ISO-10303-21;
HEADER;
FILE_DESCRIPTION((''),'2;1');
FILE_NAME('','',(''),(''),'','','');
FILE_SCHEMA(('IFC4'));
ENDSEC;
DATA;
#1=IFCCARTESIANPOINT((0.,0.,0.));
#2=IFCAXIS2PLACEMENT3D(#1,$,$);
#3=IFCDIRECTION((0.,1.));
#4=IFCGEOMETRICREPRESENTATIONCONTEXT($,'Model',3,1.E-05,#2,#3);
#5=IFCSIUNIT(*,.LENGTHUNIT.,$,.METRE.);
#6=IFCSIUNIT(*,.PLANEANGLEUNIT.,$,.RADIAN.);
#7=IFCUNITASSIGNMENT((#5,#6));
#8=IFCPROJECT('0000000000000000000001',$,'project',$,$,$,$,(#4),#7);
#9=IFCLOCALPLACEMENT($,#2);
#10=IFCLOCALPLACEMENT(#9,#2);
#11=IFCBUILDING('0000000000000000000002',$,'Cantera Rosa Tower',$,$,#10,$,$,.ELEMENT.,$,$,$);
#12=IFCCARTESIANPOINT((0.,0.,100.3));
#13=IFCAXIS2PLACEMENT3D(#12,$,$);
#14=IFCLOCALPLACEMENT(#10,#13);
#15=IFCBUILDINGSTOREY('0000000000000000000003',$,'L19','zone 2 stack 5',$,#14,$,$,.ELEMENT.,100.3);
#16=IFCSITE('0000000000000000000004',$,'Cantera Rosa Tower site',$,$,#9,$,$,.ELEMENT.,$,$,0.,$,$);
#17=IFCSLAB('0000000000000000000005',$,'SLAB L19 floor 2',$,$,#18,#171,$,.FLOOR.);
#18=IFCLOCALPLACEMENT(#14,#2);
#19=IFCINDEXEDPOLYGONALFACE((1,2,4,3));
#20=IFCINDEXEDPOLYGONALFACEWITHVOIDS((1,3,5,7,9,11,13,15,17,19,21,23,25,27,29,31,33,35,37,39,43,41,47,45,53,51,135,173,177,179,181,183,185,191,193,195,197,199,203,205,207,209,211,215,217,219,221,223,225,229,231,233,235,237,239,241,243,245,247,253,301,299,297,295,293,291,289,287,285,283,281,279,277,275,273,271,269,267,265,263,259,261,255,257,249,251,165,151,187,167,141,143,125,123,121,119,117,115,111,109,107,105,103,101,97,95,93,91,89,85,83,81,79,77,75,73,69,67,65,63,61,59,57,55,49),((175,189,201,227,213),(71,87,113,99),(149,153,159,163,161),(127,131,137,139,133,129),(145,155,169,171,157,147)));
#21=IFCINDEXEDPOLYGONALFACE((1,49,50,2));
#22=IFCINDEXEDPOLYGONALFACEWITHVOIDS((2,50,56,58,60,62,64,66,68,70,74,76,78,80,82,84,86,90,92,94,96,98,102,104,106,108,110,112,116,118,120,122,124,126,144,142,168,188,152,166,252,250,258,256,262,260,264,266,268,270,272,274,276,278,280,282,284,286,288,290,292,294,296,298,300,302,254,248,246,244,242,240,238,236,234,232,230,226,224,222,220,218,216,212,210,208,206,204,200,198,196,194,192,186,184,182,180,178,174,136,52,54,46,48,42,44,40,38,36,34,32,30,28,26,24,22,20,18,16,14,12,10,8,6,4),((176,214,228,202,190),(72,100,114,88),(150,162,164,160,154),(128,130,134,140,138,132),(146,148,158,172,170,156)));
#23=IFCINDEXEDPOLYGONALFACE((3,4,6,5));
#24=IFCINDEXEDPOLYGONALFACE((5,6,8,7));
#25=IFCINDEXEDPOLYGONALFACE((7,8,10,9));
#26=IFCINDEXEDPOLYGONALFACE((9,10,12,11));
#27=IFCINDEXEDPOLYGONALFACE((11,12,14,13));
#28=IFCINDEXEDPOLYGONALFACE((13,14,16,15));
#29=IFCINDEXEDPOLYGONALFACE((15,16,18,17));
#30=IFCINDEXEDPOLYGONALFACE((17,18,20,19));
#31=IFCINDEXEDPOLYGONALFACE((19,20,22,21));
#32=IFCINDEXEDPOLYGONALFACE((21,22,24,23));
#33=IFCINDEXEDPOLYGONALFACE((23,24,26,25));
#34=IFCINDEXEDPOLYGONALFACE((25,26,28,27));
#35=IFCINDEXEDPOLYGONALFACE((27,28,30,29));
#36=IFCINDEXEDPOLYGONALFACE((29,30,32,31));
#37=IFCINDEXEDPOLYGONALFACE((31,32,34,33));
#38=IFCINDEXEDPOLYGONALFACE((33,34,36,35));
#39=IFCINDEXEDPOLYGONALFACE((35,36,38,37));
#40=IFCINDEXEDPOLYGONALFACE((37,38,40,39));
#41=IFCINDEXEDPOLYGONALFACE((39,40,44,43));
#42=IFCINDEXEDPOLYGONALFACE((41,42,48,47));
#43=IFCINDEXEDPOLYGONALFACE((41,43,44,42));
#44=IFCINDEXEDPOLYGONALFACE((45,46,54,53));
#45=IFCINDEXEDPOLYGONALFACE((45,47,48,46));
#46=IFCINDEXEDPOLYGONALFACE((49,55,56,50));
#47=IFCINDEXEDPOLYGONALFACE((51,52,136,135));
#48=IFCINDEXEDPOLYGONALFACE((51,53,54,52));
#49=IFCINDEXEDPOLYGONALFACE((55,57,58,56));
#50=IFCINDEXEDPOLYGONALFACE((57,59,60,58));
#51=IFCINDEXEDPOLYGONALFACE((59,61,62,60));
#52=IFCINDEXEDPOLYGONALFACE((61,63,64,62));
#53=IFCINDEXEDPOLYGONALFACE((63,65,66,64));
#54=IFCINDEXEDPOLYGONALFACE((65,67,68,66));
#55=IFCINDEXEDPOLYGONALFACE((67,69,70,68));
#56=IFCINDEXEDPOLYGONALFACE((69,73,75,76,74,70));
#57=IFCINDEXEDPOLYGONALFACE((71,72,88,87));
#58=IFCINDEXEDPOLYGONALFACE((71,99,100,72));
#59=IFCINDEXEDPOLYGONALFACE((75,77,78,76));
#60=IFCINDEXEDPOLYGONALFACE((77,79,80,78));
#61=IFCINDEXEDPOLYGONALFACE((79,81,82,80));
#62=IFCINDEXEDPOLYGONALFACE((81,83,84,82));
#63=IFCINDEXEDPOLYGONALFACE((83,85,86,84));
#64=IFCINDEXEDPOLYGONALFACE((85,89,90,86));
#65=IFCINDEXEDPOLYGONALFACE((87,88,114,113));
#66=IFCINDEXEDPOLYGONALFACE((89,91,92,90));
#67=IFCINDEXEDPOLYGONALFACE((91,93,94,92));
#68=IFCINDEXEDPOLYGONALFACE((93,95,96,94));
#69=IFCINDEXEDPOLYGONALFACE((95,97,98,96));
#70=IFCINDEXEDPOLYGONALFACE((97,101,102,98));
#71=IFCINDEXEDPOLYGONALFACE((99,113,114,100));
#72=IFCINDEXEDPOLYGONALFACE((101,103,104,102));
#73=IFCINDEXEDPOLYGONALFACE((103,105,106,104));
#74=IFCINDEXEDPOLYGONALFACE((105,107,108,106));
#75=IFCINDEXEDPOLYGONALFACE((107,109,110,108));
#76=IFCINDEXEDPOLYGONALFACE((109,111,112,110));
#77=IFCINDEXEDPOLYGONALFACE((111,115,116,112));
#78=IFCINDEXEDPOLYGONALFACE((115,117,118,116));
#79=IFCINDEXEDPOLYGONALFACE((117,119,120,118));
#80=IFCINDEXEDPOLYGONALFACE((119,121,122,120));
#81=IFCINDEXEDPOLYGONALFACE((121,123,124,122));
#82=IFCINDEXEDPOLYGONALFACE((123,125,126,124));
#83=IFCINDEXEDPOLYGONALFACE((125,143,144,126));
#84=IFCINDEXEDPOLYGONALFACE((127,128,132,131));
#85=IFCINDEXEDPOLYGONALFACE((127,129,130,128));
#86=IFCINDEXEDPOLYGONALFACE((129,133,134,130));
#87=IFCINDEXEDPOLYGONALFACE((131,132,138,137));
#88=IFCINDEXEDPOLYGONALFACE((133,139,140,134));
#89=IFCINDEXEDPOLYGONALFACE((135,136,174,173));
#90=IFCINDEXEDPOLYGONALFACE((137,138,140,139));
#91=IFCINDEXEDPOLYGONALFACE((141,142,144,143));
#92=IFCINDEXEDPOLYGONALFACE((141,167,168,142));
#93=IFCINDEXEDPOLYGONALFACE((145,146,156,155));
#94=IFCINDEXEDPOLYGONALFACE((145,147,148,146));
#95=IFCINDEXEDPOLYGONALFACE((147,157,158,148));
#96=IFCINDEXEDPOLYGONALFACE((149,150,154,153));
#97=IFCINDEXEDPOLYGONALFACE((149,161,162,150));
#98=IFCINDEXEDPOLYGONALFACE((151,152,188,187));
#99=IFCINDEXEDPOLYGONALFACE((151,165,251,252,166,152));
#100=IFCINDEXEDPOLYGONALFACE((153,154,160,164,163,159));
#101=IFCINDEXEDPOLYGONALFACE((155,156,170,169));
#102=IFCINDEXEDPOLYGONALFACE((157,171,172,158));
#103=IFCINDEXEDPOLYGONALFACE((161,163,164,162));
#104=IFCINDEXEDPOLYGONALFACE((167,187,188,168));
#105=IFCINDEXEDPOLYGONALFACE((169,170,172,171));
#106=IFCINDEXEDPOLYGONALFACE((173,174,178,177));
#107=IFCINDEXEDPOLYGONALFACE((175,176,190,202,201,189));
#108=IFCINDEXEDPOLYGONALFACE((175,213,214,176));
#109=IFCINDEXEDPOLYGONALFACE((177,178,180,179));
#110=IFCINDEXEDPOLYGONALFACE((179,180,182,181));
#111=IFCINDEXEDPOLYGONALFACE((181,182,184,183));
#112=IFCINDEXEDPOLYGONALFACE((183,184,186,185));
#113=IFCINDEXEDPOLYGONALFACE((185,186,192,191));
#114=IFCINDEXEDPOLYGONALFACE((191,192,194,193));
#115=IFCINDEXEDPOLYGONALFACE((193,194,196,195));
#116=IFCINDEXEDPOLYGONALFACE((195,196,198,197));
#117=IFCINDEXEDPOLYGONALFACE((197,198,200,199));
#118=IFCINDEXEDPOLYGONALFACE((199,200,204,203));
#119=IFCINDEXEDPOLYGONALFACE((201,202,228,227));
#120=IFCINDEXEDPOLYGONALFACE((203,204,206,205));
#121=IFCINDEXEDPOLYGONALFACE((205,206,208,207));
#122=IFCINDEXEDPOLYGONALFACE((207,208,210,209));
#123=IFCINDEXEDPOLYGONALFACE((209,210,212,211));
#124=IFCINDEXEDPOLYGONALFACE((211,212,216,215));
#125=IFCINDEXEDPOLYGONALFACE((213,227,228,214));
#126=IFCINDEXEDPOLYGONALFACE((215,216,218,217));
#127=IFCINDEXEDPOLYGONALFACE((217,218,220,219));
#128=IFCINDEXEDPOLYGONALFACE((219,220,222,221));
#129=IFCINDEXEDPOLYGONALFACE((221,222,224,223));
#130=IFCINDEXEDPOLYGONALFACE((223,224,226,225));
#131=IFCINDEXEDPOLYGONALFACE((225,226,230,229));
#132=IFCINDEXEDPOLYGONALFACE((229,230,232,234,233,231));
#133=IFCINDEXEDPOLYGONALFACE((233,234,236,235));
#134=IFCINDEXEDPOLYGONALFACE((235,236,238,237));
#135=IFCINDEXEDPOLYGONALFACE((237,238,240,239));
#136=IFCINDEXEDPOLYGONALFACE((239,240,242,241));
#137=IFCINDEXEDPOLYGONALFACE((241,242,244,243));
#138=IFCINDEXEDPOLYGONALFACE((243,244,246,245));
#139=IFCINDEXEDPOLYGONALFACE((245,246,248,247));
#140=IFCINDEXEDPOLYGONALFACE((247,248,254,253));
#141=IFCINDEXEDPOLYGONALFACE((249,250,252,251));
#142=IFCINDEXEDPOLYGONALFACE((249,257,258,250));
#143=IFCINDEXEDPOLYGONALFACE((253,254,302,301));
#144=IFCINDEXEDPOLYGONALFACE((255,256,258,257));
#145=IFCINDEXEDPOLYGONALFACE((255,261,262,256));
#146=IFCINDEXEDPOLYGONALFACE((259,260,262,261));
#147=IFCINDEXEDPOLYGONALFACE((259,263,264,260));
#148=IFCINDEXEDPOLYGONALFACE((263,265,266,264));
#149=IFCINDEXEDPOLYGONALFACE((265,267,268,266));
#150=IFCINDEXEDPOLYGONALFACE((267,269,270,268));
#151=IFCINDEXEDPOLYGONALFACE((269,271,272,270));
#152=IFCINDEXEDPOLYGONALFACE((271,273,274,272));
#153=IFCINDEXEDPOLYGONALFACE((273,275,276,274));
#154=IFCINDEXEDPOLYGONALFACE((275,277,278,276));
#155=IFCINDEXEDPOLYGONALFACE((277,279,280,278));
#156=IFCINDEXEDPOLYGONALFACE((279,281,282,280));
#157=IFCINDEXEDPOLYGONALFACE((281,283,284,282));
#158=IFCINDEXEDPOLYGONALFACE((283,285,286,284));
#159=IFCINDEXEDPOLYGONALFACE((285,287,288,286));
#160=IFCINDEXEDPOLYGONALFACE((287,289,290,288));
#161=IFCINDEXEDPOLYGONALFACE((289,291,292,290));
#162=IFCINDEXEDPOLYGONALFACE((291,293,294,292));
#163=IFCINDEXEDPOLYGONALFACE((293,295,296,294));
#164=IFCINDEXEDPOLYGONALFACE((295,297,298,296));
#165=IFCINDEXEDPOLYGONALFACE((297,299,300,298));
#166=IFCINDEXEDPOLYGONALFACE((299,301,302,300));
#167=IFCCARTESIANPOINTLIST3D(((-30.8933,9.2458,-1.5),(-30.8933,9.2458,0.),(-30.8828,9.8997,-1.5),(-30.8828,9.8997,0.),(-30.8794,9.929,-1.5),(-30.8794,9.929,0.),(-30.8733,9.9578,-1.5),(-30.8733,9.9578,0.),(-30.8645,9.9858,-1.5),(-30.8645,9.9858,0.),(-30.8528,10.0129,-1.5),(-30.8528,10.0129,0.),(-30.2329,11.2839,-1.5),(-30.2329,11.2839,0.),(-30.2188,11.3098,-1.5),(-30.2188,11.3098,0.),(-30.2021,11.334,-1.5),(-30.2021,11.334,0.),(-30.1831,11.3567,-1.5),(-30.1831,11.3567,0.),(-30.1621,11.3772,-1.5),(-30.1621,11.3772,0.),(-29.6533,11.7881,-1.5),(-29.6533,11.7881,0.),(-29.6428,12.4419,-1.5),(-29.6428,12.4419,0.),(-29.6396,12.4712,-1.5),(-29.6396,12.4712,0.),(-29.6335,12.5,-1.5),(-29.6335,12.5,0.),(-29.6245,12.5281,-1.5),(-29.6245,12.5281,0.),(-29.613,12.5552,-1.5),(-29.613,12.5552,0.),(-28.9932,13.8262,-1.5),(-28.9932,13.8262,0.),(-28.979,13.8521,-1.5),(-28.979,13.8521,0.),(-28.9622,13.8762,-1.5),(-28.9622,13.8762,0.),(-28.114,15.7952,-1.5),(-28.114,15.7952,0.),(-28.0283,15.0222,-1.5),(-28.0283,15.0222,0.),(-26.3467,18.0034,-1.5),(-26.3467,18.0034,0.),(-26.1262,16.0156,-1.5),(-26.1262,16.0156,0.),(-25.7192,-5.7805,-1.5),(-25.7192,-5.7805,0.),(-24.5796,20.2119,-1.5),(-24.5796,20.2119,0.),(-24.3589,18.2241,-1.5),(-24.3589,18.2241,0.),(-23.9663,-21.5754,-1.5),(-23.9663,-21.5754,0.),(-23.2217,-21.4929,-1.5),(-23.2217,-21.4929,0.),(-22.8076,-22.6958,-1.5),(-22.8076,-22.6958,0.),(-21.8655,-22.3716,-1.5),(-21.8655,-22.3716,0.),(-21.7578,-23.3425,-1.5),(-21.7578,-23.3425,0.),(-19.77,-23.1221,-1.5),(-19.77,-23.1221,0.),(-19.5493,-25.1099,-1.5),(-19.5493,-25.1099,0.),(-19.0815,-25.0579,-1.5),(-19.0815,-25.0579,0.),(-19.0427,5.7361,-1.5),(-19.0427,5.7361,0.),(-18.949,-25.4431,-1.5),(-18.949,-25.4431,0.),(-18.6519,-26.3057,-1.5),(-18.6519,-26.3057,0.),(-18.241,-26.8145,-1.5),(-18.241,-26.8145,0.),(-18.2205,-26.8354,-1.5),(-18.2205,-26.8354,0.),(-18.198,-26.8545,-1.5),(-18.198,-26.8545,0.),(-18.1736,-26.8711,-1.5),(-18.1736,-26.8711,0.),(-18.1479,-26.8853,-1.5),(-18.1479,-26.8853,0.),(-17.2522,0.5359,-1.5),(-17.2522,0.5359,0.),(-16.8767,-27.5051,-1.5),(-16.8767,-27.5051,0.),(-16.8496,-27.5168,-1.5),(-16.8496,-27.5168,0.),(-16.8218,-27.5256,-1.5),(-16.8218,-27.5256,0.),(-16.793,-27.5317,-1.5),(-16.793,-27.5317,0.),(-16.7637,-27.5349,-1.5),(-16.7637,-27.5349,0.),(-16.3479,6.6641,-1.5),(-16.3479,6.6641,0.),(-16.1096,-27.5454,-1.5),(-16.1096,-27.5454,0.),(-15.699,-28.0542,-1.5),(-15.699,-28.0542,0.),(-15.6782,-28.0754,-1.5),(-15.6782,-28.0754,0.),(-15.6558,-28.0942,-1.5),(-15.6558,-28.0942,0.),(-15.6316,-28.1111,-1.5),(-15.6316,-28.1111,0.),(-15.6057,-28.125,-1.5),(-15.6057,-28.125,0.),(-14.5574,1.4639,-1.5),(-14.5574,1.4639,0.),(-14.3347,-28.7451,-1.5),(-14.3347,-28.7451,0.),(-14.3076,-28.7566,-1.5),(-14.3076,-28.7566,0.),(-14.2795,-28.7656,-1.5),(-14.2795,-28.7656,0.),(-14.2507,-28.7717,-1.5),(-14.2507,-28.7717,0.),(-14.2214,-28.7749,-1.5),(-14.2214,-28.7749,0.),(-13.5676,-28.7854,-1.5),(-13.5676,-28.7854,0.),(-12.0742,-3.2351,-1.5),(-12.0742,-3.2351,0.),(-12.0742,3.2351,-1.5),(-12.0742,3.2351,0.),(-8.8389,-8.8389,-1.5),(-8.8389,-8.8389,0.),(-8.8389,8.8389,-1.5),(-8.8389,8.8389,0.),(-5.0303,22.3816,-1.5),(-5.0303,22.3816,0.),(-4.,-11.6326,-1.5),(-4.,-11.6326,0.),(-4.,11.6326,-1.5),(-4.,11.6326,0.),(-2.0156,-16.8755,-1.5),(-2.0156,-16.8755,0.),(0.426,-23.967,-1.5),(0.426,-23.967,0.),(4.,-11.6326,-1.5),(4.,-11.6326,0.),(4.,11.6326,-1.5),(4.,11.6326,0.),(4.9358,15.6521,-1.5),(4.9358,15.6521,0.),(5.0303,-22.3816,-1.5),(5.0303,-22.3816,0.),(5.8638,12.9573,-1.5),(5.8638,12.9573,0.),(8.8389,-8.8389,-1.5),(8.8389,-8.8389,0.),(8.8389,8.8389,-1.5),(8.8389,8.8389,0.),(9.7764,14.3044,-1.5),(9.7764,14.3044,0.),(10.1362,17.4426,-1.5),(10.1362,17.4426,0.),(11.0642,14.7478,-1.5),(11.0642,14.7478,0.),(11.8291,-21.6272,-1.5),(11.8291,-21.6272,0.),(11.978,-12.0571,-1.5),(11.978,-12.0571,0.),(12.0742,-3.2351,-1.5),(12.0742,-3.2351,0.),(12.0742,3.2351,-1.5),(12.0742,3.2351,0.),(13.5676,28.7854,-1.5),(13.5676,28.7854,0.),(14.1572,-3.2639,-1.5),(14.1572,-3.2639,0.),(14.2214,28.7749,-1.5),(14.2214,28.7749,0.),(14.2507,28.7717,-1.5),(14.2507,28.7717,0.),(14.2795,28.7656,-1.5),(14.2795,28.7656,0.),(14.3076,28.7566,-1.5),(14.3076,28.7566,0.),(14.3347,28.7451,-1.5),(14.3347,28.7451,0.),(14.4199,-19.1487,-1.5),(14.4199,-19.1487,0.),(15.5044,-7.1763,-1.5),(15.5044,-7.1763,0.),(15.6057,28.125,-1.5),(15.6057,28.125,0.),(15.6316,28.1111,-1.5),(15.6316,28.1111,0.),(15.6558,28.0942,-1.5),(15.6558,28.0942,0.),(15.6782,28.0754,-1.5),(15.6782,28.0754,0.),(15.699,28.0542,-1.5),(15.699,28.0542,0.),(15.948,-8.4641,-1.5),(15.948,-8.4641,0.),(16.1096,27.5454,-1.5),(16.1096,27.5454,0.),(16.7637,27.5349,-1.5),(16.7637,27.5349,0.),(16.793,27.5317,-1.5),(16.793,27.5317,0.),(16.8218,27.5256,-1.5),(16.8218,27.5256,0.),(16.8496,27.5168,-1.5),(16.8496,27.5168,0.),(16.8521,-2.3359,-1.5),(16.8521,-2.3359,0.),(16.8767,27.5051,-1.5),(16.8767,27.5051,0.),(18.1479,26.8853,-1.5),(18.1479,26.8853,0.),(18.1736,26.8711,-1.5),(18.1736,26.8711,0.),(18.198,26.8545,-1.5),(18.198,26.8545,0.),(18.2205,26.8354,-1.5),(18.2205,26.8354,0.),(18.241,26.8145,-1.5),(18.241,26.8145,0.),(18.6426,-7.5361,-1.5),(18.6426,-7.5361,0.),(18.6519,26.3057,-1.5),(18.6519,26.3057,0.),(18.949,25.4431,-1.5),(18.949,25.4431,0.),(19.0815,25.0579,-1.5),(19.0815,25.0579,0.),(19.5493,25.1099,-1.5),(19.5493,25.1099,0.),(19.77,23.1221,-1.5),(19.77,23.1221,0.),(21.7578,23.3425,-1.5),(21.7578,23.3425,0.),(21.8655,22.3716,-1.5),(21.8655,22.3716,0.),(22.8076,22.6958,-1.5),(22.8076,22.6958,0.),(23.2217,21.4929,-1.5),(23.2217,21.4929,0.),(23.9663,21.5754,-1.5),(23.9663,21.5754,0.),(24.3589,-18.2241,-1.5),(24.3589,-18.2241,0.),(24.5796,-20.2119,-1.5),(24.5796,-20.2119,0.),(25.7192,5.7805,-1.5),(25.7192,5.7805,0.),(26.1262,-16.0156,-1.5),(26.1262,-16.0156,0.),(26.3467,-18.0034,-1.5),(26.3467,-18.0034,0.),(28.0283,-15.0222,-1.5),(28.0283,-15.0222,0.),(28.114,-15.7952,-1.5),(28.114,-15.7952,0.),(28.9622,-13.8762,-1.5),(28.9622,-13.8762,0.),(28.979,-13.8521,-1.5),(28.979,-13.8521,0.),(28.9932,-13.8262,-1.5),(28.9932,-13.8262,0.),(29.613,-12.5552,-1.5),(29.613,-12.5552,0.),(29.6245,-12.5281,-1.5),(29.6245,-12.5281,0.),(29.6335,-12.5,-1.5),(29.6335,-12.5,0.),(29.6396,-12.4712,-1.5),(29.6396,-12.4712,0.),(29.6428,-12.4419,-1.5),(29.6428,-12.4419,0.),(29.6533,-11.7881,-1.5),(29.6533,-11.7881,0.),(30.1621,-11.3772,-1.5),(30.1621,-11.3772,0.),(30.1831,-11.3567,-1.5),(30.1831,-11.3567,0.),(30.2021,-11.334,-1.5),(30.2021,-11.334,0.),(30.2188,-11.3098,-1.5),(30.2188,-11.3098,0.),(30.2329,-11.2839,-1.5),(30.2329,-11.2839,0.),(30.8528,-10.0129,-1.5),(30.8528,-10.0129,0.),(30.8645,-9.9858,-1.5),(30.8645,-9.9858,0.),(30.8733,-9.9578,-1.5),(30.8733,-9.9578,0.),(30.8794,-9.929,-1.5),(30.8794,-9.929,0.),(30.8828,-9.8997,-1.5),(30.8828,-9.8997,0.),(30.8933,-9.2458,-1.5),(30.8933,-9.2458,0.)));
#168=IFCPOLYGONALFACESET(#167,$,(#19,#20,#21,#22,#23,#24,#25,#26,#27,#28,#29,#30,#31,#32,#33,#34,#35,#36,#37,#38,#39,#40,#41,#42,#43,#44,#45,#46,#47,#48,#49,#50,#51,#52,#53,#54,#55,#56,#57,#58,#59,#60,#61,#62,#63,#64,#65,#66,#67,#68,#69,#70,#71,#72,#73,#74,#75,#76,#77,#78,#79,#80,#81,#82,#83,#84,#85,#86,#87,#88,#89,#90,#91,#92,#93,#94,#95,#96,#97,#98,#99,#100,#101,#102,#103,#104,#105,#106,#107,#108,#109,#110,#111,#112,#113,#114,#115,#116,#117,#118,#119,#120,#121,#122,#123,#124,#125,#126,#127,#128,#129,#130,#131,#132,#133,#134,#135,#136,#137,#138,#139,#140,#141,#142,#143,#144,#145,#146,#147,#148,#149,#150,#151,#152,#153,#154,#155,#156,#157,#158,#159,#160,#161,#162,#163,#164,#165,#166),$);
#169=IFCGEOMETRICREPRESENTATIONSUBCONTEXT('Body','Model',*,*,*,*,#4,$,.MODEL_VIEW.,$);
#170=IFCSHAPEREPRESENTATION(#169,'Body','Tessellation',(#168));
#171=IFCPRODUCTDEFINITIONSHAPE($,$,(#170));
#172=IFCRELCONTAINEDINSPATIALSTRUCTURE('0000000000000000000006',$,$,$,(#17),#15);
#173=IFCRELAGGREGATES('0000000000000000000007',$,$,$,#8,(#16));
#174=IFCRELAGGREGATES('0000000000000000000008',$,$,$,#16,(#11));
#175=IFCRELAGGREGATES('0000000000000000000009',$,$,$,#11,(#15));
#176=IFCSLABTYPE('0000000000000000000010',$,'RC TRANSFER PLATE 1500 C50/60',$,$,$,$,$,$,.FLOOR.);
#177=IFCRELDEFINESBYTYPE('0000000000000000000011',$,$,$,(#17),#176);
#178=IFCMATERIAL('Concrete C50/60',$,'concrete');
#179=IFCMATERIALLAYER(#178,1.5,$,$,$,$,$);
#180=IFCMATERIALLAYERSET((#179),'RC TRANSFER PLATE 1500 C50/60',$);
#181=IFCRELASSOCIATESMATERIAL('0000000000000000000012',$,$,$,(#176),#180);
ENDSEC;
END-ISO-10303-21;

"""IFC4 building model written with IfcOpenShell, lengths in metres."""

from ifc_helpers import new_model, si_unit, direction, frame, origin, place, context, subcontext, project, spatial, polyline, outline, extrude, material, layer, layer_set, type_object, element, save


model = new_model("IFC4")

# Units and contexts
model_context = context("Model", 3, precision=1e-05, world=origin(), true_north=direction((0.0, 1.0)))
body_context = subcontext(model_context, "Body", "Model", "MODEL_VIEW")
ifc_project = project(units=[si_unit("LENGTHUNIT", "METRE"), si_unit("PLANEANGLEUNIT", "RADIAN")], contexts=[model_context])

# Site, building, storey
site_placement = place(None, origin())
site = spatial("IfcSite", under=ifc_project, at=site_placement, Name="Cantera Rosa Tower site", CompositionType="ELEMENT", RefElevation=0.0)
building_placement = place(site_placement, origin())
building = spatial("IfcBuilding", under=site, at=building_placement, Name="Cantera Rosa Tower", CompositionType="ELEMENT")
storey_placement = place(building_placement, frame((0.0, 0.0, 100.3)))
storey = spatial("IfcBuildingStorey", under=building, at=storey_placement, Name="L19", Description="zone 2 stack 5", CompositionType="ELEMENT", Elevation=100.3)

# Slab
ifc_material_1 = material(Name="Concrete C50/60", Category="concrete")
ifc_layer_1 = layer(ifc_material_1, 1.5)
ifc_layer_set_1 = layer_set([ifc_layer_1], Name="RC TRANSFER PLATE 1500 C50/60")
slab_type_1 = type_object("IfcSlabType", Name="RC TRANSFER PLATE 1500 C50/60", PredefinedType="FLOOR", material=ifc_layer_set_1)
slab_1_placement = place(storey_placement, frame((0.0, 0.0, -1.5)))
element("IfcSlab", 1, at=slab_1_placement, inside=storey, type_object=slab_type_1, Name="SLAB L19 floor 2", PredefinedType="FLOOR", context=body_context, shape_type="SweptSolid", body=[
    extrude(outline(polyline([(-23.9663, -21.5754), (-25.7192, -5.7805), (-30.8933, 9.2458), (-30.8828, 9.8997), (-30.8794, 9.929), (-30.8733, 9.9578), (-30.8645, 9.9858), (-30.8528, 10.0129), (-30.2329, 11.2839), (-30.2188, 11.3098), (-30.2021, 11.334), (-30.1831, 11.3567), (-30.1621, 11.3772), (-29.6533, 11.7881), (-29.6428, 12.4419), (-29.6396, 12.4712), (-29.6335, 12.5), (-29.6245, 12.5281), (-29.613, 12.5552), (-28.9932, 13.8262), (-28.979, 13.8521), (-28.9622, 13.8762), (-28.0283, 15.0222), (-28.114, 15.7952), (-26.1262, 16.0156), (-26.3467, 18.0034), (-24.3589, 18.2241), (-24.5796, 20.2119), (-5.0303, 22.3816), (13.5676, 28.7854), (14.2214, 28.7749), (14.2507, 28.7717), (14.2795, 28.7656), (14.3076, 28.7566), (14.3347, 28.7451), (15.6057, 28.125), (15.6316, 28.1111), (15.6558, 28.0942), (15.6782, 28.0754), (15.699, 28.0542), (16.1096, 27.5454), (16.7637, 27.5349), (16.793, 27.5317), (16.8218, 27.5256), (16.8496, 27.5168), (16.8767, 27.5051), (18.1479, 26.8853), (18.1736, 26.8711), (18.198, 26.8545), (18.2205, 26.8354), (18.241, 26.8145), (18.6519, 26.3057), (18.949, 25.4431), (19.0815, 25.0579), (19.5493, 25.1099), (19.77, 23.1221), (21.7578, 23.3425), (21.8655, 22.3716), (22.8076, 22.6958), (23.2217, 21.4929), (23.9663, 21.5754), (25.7192, 5.7805), (30.8933, -9.2458), (30.8828, -9.8997), (30.8794, -9.929), (30.8733, -9.9578), (30.8645, -9.9858), (30.8528, -10.0129), (30.2329, -11.2839), (30.2188, -11.3098), (30.2021, -11.334), (30.1831, -11.3567), (30.1621, -11.3772), (29.6533, -11.7881), (29.6428, -12.4419), (29.6396, -12.4712), (29.6335, -12.5), (29.6245, -12.5281), (29.613, -12.5552), (28.9932, -13.8262), (28.979, -13.8521), (28.9622, -13.8762), (28.0283, -15.0222), (28.114, -15.7952), (26.1262, -16.0156), (26.3467, -18.0034), (24.3589, -18.2241), (24.5796, -20.2119), (11.8291, -21.6272), (5.0303, -22.3816), (14.4199, -19.1487), (11.978, -12.0571), (-2.0156, -16.8755), (0.426, -23.967), (-13.5676, -28.7854), (-14.2214, -28.7749), (-14.2507, -28.7717), (-14.2795, -28.7656), (-14.3076, -28.7566), (-14.3347, -28.7451), (-15.6057, -28.125), (-15.6316, -28.1111), (-15.6558, -28.0942), (-15.6782, -28.0754), (-15.699, -28.0542), (-16.1096, -27.5454), (-16.7637, -27.5349), (-16.793, -27.5317), (-16.8218, -27.5256), (-16.8496, -27.5168), (-16.8767, -27.5051), (-18.1479, -26.8853), (-18.1736, -26.8711), (-18.198, -26.8545), (-18.2205, -26.8354), (-18.241, -26.8145), (-18.6519, -26.3057), (-18.949, -25.4431), (-19.0815, -25.0579), (-19.5493, -25.1099), (-19.77, -23.1221), (-21.7578, -23.3425), (-21.8655, -22.3716), (-22.8076, -22.6958), (-23.2217, -21.4929), (-23.9663, -21.5754)]), holes=[polyline([(-8.8389, 8.8389), (-12.0742, 3.2351), (-12.0742, -3.2351), (-8.8389, -8.8389), (-4.0, -11.6326), (-4.0, 11.6326), (-8.8389, 8.8389)]), polyline([(-14.5574, 1.4639), (-16.3479, 6.6641), (-19.0427, 5.7361), (-17.2522, 0.5359), (-14.5574, 1.4639)]), polyline([(18.6426, -7.5361), (16.8521, -2.3359), (14.1572, -3.2639), (15.5044, -7.1763), (15.948, -8.4641), (18.6426, -7.5361)]), polyline([(8.8389, -8.8389), (12.0742, -3.2351), (12.0742, 3.2351), (8.8389, 8.8389), (4.0, 11.6326), (4.0, -11.6326), (8.8389, -8.8389)]), polyline([(10.1362, 17.4426), (4.9358, 15.6521), (5.8638, 12.9573), (9.7764, 14.3044), (11.0642, 14.7478), (10.1362, 17.4426)])]), origin(), (0.0, 0.0, 1.0), 1.5),
])

save(model, "model.ifc")
